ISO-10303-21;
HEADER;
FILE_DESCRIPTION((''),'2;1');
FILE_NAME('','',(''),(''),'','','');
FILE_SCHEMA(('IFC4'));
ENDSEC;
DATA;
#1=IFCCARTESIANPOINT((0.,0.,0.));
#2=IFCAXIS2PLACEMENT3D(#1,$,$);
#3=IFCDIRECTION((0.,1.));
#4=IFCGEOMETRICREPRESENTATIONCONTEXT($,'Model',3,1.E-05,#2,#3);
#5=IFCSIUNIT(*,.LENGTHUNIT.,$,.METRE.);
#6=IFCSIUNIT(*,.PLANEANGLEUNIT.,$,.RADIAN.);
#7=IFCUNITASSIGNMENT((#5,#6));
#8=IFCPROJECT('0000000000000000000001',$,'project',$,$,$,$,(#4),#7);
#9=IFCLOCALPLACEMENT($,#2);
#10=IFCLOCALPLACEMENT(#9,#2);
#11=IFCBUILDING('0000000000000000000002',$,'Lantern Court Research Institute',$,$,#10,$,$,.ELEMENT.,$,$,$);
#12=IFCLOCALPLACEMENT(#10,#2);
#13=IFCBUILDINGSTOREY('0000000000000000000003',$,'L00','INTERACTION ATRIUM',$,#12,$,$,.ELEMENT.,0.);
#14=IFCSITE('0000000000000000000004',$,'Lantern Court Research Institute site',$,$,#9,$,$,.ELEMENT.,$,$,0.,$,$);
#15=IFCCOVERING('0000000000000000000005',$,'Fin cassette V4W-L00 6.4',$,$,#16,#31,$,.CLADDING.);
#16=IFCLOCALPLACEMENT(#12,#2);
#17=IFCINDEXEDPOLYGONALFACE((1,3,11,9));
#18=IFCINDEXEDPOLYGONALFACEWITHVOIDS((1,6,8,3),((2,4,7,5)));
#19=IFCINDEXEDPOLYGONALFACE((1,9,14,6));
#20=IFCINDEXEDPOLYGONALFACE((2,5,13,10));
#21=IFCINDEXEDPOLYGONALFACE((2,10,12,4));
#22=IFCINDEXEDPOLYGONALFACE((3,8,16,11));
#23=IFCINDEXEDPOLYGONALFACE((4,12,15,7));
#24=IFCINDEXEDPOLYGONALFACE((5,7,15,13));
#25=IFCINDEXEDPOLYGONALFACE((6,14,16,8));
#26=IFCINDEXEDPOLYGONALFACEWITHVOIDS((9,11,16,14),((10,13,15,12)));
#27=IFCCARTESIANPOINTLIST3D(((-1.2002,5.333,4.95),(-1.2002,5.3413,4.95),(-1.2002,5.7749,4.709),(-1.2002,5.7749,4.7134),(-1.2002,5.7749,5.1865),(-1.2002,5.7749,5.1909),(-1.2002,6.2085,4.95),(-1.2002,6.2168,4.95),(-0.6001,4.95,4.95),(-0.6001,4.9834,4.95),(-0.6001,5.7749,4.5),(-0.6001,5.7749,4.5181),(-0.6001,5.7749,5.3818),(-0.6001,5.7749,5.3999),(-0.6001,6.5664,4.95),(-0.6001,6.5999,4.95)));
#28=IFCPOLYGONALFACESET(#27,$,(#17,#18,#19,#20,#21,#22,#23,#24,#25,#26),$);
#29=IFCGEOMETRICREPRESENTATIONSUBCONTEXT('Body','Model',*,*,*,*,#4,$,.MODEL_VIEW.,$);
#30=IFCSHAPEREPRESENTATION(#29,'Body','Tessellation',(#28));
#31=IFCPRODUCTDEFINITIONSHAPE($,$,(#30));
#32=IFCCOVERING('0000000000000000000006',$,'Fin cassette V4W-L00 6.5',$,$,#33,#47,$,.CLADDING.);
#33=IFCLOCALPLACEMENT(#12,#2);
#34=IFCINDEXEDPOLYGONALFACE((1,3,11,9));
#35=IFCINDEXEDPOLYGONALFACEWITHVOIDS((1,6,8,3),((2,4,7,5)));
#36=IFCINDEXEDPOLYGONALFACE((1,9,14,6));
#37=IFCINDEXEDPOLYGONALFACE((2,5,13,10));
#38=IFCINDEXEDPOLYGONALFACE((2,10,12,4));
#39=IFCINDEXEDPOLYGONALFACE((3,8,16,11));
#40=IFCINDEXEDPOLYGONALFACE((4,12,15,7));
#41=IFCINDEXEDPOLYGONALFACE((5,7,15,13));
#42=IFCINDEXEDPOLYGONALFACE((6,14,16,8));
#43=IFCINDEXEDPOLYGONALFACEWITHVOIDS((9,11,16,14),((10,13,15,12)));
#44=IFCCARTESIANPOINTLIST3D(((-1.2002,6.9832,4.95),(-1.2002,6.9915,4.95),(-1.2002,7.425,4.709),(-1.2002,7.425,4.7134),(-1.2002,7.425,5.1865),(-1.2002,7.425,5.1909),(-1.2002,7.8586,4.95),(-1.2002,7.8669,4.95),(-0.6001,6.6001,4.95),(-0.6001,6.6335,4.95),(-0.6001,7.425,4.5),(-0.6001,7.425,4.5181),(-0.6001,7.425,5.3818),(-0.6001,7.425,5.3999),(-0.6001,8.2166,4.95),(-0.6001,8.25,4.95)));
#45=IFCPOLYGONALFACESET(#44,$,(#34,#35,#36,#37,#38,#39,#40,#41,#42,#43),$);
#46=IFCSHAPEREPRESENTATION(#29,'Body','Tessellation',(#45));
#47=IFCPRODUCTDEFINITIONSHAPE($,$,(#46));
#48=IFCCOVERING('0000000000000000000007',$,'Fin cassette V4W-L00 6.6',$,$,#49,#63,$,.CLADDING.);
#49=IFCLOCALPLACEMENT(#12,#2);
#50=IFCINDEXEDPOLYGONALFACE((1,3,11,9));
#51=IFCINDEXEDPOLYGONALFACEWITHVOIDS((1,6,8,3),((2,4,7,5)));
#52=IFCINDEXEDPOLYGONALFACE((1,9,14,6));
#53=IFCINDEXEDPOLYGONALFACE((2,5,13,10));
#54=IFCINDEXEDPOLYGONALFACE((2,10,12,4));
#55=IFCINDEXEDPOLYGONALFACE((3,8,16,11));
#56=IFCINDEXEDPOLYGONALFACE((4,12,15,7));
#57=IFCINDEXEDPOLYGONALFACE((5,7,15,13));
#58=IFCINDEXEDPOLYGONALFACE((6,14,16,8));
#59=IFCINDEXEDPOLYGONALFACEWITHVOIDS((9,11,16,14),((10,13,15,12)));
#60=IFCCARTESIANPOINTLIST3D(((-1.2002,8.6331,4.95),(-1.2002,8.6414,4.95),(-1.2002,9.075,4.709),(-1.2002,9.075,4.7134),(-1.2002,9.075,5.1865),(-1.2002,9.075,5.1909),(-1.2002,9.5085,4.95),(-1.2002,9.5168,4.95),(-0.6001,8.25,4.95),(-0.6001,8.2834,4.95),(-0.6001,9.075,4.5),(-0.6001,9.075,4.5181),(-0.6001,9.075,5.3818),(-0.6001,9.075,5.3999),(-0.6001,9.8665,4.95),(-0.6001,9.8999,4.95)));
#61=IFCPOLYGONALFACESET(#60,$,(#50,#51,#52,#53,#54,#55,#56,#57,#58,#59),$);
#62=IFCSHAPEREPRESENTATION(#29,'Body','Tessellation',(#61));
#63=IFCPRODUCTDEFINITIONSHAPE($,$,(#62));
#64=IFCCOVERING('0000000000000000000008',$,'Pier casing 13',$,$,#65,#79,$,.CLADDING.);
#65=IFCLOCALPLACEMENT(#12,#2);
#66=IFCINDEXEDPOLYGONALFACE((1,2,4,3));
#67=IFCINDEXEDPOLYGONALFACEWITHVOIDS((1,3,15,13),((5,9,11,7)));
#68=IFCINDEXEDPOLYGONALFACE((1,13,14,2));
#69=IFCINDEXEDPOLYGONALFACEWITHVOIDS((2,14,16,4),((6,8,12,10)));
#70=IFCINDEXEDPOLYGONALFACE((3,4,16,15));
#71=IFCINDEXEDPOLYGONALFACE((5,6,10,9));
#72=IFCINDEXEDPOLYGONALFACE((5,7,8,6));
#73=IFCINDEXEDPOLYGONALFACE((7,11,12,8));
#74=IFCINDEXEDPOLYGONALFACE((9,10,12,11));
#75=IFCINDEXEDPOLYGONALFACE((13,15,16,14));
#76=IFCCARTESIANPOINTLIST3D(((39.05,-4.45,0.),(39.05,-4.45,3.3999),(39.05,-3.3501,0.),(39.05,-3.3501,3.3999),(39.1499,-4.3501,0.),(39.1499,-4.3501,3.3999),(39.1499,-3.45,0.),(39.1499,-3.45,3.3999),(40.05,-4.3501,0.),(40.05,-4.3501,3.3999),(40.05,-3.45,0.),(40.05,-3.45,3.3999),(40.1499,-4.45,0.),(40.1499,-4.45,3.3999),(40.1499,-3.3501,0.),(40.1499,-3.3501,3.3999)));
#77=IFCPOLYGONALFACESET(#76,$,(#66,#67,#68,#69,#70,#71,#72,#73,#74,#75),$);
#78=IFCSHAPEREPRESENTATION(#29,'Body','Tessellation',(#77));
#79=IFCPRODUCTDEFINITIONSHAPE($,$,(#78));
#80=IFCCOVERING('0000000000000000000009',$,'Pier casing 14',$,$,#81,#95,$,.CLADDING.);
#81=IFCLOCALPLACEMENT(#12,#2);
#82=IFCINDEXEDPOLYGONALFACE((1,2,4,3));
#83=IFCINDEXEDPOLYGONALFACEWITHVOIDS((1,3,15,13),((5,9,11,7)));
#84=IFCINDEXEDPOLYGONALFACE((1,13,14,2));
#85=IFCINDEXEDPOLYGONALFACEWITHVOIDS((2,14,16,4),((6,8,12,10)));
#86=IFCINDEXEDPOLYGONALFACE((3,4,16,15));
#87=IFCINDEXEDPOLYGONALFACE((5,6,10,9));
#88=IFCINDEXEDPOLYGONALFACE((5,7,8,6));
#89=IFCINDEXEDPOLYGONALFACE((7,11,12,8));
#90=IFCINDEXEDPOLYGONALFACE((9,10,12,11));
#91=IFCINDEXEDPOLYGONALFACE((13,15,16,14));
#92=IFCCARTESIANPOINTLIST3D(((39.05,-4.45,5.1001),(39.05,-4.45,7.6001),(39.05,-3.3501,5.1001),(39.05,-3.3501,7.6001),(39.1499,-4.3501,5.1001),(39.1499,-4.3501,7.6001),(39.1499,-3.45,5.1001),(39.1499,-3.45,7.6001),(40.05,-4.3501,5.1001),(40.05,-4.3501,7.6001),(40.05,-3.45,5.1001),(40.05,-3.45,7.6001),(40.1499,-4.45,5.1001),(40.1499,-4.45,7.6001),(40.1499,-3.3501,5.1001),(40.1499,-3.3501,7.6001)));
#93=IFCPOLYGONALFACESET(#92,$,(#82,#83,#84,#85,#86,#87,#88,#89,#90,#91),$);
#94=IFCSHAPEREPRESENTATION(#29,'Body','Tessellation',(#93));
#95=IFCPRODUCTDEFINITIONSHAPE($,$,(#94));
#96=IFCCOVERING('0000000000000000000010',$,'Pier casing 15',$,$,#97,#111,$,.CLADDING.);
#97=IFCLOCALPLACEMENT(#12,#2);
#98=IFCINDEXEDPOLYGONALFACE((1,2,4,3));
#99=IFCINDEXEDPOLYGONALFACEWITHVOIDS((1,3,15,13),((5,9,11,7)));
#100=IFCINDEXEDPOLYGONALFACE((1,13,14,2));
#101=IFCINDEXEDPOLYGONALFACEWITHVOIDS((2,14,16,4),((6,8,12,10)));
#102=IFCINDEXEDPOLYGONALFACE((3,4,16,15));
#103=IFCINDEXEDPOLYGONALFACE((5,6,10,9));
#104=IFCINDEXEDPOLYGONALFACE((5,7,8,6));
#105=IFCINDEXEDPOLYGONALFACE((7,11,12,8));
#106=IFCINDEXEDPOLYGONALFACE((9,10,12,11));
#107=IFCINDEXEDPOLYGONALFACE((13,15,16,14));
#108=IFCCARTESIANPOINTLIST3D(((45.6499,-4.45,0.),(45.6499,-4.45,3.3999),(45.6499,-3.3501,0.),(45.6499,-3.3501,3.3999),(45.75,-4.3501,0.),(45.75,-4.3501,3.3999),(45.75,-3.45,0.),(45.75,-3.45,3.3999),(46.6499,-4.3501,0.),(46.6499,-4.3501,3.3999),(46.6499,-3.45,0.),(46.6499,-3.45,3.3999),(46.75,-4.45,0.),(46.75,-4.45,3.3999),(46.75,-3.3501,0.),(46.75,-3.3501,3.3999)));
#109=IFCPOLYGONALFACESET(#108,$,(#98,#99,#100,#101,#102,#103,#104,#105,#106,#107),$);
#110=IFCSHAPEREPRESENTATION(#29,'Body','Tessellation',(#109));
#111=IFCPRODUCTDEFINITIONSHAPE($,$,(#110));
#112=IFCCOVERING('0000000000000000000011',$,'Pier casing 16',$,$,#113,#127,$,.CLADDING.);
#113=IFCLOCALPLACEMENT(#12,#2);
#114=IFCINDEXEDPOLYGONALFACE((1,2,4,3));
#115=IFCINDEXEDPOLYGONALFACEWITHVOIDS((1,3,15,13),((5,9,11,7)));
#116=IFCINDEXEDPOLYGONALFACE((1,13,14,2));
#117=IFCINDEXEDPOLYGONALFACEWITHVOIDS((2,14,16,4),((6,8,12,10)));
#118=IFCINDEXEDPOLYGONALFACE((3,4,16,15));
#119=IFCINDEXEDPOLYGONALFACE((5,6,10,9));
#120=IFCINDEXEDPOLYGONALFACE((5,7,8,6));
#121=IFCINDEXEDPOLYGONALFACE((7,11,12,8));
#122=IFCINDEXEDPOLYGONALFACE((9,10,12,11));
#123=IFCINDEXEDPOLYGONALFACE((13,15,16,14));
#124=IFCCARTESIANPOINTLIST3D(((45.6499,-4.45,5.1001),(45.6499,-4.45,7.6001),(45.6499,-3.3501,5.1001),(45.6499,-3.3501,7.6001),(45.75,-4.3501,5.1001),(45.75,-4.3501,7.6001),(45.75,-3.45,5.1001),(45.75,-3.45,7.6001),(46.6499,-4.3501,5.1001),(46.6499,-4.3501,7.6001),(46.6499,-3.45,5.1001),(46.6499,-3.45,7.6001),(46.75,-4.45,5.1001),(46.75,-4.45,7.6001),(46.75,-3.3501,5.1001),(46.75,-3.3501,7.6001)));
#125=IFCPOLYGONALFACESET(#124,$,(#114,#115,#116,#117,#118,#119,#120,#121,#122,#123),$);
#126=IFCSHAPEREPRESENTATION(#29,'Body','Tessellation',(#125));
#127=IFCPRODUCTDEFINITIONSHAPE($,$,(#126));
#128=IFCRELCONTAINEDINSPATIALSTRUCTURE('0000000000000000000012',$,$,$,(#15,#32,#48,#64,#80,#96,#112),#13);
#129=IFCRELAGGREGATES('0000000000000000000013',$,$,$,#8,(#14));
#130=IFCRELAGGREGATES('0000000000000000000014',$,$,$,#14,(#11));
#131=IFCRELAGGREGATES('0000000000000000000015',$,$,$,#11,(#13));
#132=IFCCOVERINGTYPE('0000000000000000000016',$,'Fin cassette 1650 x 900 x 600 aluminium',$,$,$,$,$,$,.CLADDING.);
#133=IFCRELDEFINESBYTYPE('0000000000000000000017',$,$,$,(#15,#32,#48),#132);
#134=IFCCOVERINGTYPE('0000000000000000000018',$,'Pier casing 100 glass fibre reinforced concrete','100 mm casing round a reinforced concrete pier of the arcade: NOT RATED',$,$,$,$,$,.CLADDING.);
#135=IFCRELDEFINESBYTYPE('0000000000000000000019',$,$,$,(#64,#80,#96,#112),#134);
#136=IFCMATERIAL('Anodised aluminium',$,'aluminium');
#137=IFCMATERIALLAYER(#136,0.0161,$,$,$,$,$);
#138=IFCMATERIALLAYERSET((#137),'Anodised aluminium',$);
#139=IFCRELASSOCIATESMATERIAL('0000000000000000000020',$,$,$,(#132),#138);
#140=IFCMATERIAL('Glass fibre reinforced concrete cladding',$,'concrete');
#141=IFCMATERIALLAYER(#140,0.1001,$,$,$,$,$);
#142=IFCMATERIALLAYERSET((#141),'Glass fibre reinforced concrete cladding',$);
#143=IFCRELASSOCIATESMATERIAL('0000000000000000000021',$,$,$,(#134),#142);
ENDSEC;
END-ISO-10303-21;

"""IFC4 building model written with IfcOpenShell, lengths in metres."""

from ifc_helpers import new_model, entity, si_unit, direction, frame, origin, place, context, subcontext, project, spatial, polyline, outline, extrude, material, layer, layer_set, type_object, element, save


model = new_model("IFC4")

# Units and contexts
model_context = context("Model", 3, precision=1e-05, world=origin(), true_north=direction((0.0, 1.0)))
body_context = subcontext(model_context, "Body", "Model", "MODEL_VIEW")
ifc_project = project(units=[si_unit("LENGTHUNIT", "METRE"), si_unit("PLANEANGLEUNIT", "RADIAN")], contexts=[model_context])

# Site, building, storey
site_placement = place(None, origin())
site = spatial("IfcSite", under=ifc_project, at=site_placement, Name="Lantern Court Research Institute site", CompositionType="ELEMENT", RefElevation=0.0)
building_placement = place(site_placement, origin())
building = spatial("IfcBuilding", under=site, at=building_placement, Name="Lantern Court Research Institute", CompositionType="ELEMENT")
storey_placement = place(building_placement, origin())
storey = spatial("IfcBuildingStorey", under=building, at=storey_placement, Name="L00", Description="INTERACTION ATRIUM", CompositionType="ELEMENT", Elevation=0.0)

# Coverings
ifc_material_1 = material(Name="Anodised aluminium", Category="aluminium")
ifc_layer_1 = layer(ifc_material_1, 0.0161)
ifc_layer_set_1 = layer_set([ifc_layer_1], Name="Anodised aluminium")
covering_type_1 = type_object("IfcCoveringType", Name="Fin cassette 1650 x 900 x 600 aluminium", PredefinedType="CLADDING", material=ifc_layer_set_1)
covering_1_placement = place(storey_placement, frame((-0.6001, 5.7749, 4.95), z_axis=(-1.0, 0.0, 0.0), x_axis=(0.0, -1.0, 0.0)))
cartesian_point_1 = entity("IfcCartesianPoint", [0.825, 0.0])
cartesian_point_2 = entity("IfcCartesianPoint", [0.7915, 0.0])
cartesian_point_3 = entity("IfcCartesianPoint", [0.4419, 0.0])
cartesian_point_4 = entity("IfcCartesianPoint", [0.4336, 0.0])
element("IfcCovering", 1, at=covering_1_placement, inside=storey, type_object=covering_type_1, Name="Fin cassette V4W-L00 6.4", PredefinedType="CLADDING", context=body_context, shape_type="SweptSolid", body=[
    entity("IfcExtrudedAreaSolidTapered", entity("IfcArbitraryProfileDefWithVoids", "AREA", None, entity("IfcPolyline", [cartesian_point_1, entity("IfcCartesianPoint", [0.0, 0.45]), entity("IfcCartesianPoint", [-0.825, 0.0]), entity("IfcCartesianPoint", [0.0, -0.45]), cartesian_point_1]), [entity("IfcPolyline", [cartesian_point_2, entity("IfcCartesianPoint", [0.0, 0.4319]), entity("IfcCartesianPoint", [-0.7915, 0.0]), entity("IfcCartesianPoint", [0.0, -0.4319]), cartesian_point_2])]), entity("IfcAxis2Placement3D", entity("IfcCartesianPoint", [0.0, 0.0, 0.0])), entity("IfcDirection", [0.0, 0.0, 1.0]), 0.6001, entity("IfcArbitraryProfileDefWithVoids", "AREA", None, entity("IfcPolyline", [cartesian_point_3, entity("IfcCartesianPoint", [0.0, 0.241]), entity("IfcCartesianPoint", [-0.4419, 0.0]), entity("IfcCartesianPoint", [0.0, -0.241]), cartesian_point_3]), [entity("IfcPolyline", [cartesian_point_4, entity("IfcCartesianPoint", [0.0, 0.2366]), entity("IfcCartesianPoint", [-0.4336, 0.0]), entity("IfcCartesianPoint", [0.0, -0.2366]), cartesian_point_4])])),
])
covering_2_placement = place(storey_placement, frame((-0.6001, 7.425, 4.95), z_axis=(-1.0, 0.0, 0.0), x_axis=(0.0, -1.0, 0.0)))
cartesian_point_5 = entity("IfcCartesianPoint", [0.825, 0.0])
cartesian_point_6 = entity("IfcCartesianPoint", [0.7915, 0.0])
cartesian_point_7 = entity("IfcCartesianPoint", [0.4419, 0.0])
cartesian_point_8 = entity("IfcCartesianPoint", [0.4336, 0.0])
element("IfcCovering", 2, at=covering_2_placement, inside=storey, type_object=covering_type_1, Name="Fin cassette V4W-L00 6.5", PredefinedType="CLADDING", context=body_context, shape_type="SweptSolid", body=[
    entity("IfcExtrudedAreaSolidTapered", entity("IfcArbitraryProfileDefWithVoids", "AREA", None, entity("IfcPolyline", [cartesian_point_5, entity("IfcCartesianPoint", [0.0, 0.45]), entity("IfcCartesianPoint", [-0.825, 0.0]), entity("IfcCartesianPoint", [0.0, -0.45]), cartesian_point_5]), [entity("IfcPolyline", [cartesian_point_6, entity("IfcCartesianPoint", [0.0, 0.4319]), entity("IfcCartesianPoint", [-0.7915, 0.0]), entity("IfcCartesianPoint", [0.0, -0.4319]), cartesian_point_6])]), entity("IfcAxis2Placement3D", entity("IfcCartesianPoint", [0.0, 0.0, 0.0])), entity("IfcDirection", [0.0, 0.0, 1.0]), 0.6001, entity("IfcArbitraryProfileDefWithVoids", "AREA", None, entity("IfcPolyline", [cartesian_point_7, entity("IfcCartesianPoint", [0.0, 0.241]), entity("IfcCartesianPoint", [-0.4419, 0.0]), entity("IfcCartesianPoint", [0.0, -0.241]), cartesian_point_7]), [entity("IfcPolyline", [cartesian_point_8, entity("IfcCartesianPoint", [0.0, 0.2366]), entity("IfcCartesianPoint", [-0.4336, 0.0]), entity("IfcCartesianPoint", [0.0, -0.2366]), cartesian_point_8])])),
])
covering_3_placement = place(storey_placement, frame((-0.6001, 9.075, 4.95), z_axis=(-1.0, 0.0, 0.0), x_axis=(0.0, -1.0, 0.0)))
cartesian_point_9 = entity("IfcCartesianPoint", [0.825, 0.0])
cartesian_point_10 = entity("IfcCartesianPoint", [0.7915, 0.0])
cartesian_point_11 = entity("IfcCartesianPoint", [0.4419, 0.0])
cartesian_point_12 = entity("IfcCartesianPoint", [0.4336, 0.0])
element("IfcCovering", 3, at=covering_3_placement, inside=storey, type_object=covering_type_1, Name="Fin cassette V4W-L00 6.6", PredefinedType="CLADDING", context=body_context, shape_type="SweptSolid", body=[
    entity("IfcExtrudedAreaSolidTapered", entity("IfcArbitraryProfileDefWithVoids", "AREA", None, entity("IfcPolyline", [cartesian_point_9, entity("IfcCartesianPoint", [0.0, 0.45]), entity("IfcCartesianPoint", [-0.825, 0.0]), entity("IfcCartesianPoint", [0.0, -0.45]), cartesian_point_9]), [entity("IfcPolyline", [cartesian_point_10, entity("IfcCartesianPoint", [0.0, 0.4319]), entity("IfcCartesianPoint", [-0.7915, 0.0]), entity("IfcCartesianPoint", [0.0, -0.4319]), cartesian_point_10])]), entity("IfcAxis2Placement3D", entity("IfcCartesianPoint", [0.0, 0.0, 0.0])), entity("IfcDirection", [0.0, 0.0, 1.0]), 0.6001, entity("IfcArbitraryProfileDefWithVoids", "AREA", None, entity("IfcPolyline", [cartesian_point_11, entity("IfcCartesianPoint", [0.0, 0.241]), entity("IfcCartesianPoint", [-0.4419, 0.0]), entity("IfcCartesianPoint", [0.0, -0.241]), cartesian_point_11]), [entity("IfcPolyline", [cartesian_point_12, entity("IfcCartesianPoint", [0.0, 0.2366]), entity("IfcCartesianPoint", [-0.4336, 0.0]), entity("IfcCartesianPoint", [0.0, -0.2366]), cartesian_point_12])])),
])
ifc_material_2 = material(Name="Glass fibre reinforced concrete cladding", Category="concrete")
ifc_layer_2 = layer(ifc_material_2, 0.1001)
ifc_layer_set_2 = layer_set([ifc_layer_2], Name="Glass fibre reinforced concrete cladding")
covering_type_2 = type_object("IfcCoveringType", Name="Pier casing 100 glass fibre reinforced concrete", Description="100 mm casing round a reinforced concrete pier of the arcade: NOT RATED", PredefinedType="CLADDING", material=ifc_layer_set_2)
covering_4_placement = place(storey_placement, origin())
element("IfcCovering", 4, at=covering_4_placement, inside=storey, type_object=covering_type_2, Name="Pier casing 13", PredefinedType="CLADDING", context=body_context, shape_type="SweptSolid", body=[
    extrude(outline(polyline([(39.05, -4.45), (40.1499, -4.45), (40.1499, -3.3501), (39.05, -3.3501), (39.05, -4.45)]), holes=[polyline([(40.05, -3.45), (40.05, -4.3501), (39.1499, -4.3501), (39.1499, -3.45), (40.05, -3.45)])]), origin(), (0.0, 0.0, 1.0), 3.3999),
])
covering_5_placement = place(storey_placement, frame((0.0, 0.0, 5.1001)))
element("IfcCovering", 5, at=covering_5_placement, inside=storey, type_object=covering_type_2, Name="Pier casing 14", PredefinedType="CLADDING", context=body_context, shape_type="SweptSolid", body=[
    extrude(outline(polyline([(39.05, -4.45), (40.1499, -4.45), (40.1499, -3.3501), (39.05, -3.3501), (39.05, -4.45)]), holes=[polyline([(40.05, -3.45), (40.05, -4.3501), (39.1499, -4.3501), (39.1499, -3.45), (40.05, -3.45)])]), origin(), (0.0, 0.0, 1.0), 2.5),
])
covering_6_placement = place(storey_placement, origin())
element("IfcCovering", 6, at=covering_6_placement, inside=storey, type_object=covering_type_2, Name="Pier casing 15", PredefinedType="CLADDING", context=body_context, shape_type="SweptSolid", body=[
    extrude(outline(polyline([(45.6499, -4.45), (46.75, -4.45), (46.75, -3.3501), (45.6499, -3.3501), (45.6499, -4.45)]), holes=[polyline([(46.6499, -3.45), (46.6499, -4.3501), (45.75, -4.3501), (45.75, -3.45), (46.6499, -3.45)])]), origin(), (0.0, 0.0, 1.0), 3.3999),
])
covering_7_placement = place(storey_placement, frame((0.0, 0.0, 5.1001)))
element("IfcCovering", 7, at=covering_7_placement, inside=storey, type_object=covering_type_2, Name="Pier casing 16", PredefinedType="CLADDING", context=body_context, shape_type="SweptSolid", body=[
    extrude(outline(polyline([(45.6499, -4.45), (46.75, -4.45), (46.75, -3.3501), (45.6499, -3.3501), (45.6499, -4.45)]), holes=[polyline([(46.6499, -3.45), (46.6499, -4.3501), (45.75, -4.3501), (45.75, -3.45), (46.6499, -3.45)])]), origin(), (0.0, 0.0, 1.0), 2.5),
])

save(model, "model.ifc")
